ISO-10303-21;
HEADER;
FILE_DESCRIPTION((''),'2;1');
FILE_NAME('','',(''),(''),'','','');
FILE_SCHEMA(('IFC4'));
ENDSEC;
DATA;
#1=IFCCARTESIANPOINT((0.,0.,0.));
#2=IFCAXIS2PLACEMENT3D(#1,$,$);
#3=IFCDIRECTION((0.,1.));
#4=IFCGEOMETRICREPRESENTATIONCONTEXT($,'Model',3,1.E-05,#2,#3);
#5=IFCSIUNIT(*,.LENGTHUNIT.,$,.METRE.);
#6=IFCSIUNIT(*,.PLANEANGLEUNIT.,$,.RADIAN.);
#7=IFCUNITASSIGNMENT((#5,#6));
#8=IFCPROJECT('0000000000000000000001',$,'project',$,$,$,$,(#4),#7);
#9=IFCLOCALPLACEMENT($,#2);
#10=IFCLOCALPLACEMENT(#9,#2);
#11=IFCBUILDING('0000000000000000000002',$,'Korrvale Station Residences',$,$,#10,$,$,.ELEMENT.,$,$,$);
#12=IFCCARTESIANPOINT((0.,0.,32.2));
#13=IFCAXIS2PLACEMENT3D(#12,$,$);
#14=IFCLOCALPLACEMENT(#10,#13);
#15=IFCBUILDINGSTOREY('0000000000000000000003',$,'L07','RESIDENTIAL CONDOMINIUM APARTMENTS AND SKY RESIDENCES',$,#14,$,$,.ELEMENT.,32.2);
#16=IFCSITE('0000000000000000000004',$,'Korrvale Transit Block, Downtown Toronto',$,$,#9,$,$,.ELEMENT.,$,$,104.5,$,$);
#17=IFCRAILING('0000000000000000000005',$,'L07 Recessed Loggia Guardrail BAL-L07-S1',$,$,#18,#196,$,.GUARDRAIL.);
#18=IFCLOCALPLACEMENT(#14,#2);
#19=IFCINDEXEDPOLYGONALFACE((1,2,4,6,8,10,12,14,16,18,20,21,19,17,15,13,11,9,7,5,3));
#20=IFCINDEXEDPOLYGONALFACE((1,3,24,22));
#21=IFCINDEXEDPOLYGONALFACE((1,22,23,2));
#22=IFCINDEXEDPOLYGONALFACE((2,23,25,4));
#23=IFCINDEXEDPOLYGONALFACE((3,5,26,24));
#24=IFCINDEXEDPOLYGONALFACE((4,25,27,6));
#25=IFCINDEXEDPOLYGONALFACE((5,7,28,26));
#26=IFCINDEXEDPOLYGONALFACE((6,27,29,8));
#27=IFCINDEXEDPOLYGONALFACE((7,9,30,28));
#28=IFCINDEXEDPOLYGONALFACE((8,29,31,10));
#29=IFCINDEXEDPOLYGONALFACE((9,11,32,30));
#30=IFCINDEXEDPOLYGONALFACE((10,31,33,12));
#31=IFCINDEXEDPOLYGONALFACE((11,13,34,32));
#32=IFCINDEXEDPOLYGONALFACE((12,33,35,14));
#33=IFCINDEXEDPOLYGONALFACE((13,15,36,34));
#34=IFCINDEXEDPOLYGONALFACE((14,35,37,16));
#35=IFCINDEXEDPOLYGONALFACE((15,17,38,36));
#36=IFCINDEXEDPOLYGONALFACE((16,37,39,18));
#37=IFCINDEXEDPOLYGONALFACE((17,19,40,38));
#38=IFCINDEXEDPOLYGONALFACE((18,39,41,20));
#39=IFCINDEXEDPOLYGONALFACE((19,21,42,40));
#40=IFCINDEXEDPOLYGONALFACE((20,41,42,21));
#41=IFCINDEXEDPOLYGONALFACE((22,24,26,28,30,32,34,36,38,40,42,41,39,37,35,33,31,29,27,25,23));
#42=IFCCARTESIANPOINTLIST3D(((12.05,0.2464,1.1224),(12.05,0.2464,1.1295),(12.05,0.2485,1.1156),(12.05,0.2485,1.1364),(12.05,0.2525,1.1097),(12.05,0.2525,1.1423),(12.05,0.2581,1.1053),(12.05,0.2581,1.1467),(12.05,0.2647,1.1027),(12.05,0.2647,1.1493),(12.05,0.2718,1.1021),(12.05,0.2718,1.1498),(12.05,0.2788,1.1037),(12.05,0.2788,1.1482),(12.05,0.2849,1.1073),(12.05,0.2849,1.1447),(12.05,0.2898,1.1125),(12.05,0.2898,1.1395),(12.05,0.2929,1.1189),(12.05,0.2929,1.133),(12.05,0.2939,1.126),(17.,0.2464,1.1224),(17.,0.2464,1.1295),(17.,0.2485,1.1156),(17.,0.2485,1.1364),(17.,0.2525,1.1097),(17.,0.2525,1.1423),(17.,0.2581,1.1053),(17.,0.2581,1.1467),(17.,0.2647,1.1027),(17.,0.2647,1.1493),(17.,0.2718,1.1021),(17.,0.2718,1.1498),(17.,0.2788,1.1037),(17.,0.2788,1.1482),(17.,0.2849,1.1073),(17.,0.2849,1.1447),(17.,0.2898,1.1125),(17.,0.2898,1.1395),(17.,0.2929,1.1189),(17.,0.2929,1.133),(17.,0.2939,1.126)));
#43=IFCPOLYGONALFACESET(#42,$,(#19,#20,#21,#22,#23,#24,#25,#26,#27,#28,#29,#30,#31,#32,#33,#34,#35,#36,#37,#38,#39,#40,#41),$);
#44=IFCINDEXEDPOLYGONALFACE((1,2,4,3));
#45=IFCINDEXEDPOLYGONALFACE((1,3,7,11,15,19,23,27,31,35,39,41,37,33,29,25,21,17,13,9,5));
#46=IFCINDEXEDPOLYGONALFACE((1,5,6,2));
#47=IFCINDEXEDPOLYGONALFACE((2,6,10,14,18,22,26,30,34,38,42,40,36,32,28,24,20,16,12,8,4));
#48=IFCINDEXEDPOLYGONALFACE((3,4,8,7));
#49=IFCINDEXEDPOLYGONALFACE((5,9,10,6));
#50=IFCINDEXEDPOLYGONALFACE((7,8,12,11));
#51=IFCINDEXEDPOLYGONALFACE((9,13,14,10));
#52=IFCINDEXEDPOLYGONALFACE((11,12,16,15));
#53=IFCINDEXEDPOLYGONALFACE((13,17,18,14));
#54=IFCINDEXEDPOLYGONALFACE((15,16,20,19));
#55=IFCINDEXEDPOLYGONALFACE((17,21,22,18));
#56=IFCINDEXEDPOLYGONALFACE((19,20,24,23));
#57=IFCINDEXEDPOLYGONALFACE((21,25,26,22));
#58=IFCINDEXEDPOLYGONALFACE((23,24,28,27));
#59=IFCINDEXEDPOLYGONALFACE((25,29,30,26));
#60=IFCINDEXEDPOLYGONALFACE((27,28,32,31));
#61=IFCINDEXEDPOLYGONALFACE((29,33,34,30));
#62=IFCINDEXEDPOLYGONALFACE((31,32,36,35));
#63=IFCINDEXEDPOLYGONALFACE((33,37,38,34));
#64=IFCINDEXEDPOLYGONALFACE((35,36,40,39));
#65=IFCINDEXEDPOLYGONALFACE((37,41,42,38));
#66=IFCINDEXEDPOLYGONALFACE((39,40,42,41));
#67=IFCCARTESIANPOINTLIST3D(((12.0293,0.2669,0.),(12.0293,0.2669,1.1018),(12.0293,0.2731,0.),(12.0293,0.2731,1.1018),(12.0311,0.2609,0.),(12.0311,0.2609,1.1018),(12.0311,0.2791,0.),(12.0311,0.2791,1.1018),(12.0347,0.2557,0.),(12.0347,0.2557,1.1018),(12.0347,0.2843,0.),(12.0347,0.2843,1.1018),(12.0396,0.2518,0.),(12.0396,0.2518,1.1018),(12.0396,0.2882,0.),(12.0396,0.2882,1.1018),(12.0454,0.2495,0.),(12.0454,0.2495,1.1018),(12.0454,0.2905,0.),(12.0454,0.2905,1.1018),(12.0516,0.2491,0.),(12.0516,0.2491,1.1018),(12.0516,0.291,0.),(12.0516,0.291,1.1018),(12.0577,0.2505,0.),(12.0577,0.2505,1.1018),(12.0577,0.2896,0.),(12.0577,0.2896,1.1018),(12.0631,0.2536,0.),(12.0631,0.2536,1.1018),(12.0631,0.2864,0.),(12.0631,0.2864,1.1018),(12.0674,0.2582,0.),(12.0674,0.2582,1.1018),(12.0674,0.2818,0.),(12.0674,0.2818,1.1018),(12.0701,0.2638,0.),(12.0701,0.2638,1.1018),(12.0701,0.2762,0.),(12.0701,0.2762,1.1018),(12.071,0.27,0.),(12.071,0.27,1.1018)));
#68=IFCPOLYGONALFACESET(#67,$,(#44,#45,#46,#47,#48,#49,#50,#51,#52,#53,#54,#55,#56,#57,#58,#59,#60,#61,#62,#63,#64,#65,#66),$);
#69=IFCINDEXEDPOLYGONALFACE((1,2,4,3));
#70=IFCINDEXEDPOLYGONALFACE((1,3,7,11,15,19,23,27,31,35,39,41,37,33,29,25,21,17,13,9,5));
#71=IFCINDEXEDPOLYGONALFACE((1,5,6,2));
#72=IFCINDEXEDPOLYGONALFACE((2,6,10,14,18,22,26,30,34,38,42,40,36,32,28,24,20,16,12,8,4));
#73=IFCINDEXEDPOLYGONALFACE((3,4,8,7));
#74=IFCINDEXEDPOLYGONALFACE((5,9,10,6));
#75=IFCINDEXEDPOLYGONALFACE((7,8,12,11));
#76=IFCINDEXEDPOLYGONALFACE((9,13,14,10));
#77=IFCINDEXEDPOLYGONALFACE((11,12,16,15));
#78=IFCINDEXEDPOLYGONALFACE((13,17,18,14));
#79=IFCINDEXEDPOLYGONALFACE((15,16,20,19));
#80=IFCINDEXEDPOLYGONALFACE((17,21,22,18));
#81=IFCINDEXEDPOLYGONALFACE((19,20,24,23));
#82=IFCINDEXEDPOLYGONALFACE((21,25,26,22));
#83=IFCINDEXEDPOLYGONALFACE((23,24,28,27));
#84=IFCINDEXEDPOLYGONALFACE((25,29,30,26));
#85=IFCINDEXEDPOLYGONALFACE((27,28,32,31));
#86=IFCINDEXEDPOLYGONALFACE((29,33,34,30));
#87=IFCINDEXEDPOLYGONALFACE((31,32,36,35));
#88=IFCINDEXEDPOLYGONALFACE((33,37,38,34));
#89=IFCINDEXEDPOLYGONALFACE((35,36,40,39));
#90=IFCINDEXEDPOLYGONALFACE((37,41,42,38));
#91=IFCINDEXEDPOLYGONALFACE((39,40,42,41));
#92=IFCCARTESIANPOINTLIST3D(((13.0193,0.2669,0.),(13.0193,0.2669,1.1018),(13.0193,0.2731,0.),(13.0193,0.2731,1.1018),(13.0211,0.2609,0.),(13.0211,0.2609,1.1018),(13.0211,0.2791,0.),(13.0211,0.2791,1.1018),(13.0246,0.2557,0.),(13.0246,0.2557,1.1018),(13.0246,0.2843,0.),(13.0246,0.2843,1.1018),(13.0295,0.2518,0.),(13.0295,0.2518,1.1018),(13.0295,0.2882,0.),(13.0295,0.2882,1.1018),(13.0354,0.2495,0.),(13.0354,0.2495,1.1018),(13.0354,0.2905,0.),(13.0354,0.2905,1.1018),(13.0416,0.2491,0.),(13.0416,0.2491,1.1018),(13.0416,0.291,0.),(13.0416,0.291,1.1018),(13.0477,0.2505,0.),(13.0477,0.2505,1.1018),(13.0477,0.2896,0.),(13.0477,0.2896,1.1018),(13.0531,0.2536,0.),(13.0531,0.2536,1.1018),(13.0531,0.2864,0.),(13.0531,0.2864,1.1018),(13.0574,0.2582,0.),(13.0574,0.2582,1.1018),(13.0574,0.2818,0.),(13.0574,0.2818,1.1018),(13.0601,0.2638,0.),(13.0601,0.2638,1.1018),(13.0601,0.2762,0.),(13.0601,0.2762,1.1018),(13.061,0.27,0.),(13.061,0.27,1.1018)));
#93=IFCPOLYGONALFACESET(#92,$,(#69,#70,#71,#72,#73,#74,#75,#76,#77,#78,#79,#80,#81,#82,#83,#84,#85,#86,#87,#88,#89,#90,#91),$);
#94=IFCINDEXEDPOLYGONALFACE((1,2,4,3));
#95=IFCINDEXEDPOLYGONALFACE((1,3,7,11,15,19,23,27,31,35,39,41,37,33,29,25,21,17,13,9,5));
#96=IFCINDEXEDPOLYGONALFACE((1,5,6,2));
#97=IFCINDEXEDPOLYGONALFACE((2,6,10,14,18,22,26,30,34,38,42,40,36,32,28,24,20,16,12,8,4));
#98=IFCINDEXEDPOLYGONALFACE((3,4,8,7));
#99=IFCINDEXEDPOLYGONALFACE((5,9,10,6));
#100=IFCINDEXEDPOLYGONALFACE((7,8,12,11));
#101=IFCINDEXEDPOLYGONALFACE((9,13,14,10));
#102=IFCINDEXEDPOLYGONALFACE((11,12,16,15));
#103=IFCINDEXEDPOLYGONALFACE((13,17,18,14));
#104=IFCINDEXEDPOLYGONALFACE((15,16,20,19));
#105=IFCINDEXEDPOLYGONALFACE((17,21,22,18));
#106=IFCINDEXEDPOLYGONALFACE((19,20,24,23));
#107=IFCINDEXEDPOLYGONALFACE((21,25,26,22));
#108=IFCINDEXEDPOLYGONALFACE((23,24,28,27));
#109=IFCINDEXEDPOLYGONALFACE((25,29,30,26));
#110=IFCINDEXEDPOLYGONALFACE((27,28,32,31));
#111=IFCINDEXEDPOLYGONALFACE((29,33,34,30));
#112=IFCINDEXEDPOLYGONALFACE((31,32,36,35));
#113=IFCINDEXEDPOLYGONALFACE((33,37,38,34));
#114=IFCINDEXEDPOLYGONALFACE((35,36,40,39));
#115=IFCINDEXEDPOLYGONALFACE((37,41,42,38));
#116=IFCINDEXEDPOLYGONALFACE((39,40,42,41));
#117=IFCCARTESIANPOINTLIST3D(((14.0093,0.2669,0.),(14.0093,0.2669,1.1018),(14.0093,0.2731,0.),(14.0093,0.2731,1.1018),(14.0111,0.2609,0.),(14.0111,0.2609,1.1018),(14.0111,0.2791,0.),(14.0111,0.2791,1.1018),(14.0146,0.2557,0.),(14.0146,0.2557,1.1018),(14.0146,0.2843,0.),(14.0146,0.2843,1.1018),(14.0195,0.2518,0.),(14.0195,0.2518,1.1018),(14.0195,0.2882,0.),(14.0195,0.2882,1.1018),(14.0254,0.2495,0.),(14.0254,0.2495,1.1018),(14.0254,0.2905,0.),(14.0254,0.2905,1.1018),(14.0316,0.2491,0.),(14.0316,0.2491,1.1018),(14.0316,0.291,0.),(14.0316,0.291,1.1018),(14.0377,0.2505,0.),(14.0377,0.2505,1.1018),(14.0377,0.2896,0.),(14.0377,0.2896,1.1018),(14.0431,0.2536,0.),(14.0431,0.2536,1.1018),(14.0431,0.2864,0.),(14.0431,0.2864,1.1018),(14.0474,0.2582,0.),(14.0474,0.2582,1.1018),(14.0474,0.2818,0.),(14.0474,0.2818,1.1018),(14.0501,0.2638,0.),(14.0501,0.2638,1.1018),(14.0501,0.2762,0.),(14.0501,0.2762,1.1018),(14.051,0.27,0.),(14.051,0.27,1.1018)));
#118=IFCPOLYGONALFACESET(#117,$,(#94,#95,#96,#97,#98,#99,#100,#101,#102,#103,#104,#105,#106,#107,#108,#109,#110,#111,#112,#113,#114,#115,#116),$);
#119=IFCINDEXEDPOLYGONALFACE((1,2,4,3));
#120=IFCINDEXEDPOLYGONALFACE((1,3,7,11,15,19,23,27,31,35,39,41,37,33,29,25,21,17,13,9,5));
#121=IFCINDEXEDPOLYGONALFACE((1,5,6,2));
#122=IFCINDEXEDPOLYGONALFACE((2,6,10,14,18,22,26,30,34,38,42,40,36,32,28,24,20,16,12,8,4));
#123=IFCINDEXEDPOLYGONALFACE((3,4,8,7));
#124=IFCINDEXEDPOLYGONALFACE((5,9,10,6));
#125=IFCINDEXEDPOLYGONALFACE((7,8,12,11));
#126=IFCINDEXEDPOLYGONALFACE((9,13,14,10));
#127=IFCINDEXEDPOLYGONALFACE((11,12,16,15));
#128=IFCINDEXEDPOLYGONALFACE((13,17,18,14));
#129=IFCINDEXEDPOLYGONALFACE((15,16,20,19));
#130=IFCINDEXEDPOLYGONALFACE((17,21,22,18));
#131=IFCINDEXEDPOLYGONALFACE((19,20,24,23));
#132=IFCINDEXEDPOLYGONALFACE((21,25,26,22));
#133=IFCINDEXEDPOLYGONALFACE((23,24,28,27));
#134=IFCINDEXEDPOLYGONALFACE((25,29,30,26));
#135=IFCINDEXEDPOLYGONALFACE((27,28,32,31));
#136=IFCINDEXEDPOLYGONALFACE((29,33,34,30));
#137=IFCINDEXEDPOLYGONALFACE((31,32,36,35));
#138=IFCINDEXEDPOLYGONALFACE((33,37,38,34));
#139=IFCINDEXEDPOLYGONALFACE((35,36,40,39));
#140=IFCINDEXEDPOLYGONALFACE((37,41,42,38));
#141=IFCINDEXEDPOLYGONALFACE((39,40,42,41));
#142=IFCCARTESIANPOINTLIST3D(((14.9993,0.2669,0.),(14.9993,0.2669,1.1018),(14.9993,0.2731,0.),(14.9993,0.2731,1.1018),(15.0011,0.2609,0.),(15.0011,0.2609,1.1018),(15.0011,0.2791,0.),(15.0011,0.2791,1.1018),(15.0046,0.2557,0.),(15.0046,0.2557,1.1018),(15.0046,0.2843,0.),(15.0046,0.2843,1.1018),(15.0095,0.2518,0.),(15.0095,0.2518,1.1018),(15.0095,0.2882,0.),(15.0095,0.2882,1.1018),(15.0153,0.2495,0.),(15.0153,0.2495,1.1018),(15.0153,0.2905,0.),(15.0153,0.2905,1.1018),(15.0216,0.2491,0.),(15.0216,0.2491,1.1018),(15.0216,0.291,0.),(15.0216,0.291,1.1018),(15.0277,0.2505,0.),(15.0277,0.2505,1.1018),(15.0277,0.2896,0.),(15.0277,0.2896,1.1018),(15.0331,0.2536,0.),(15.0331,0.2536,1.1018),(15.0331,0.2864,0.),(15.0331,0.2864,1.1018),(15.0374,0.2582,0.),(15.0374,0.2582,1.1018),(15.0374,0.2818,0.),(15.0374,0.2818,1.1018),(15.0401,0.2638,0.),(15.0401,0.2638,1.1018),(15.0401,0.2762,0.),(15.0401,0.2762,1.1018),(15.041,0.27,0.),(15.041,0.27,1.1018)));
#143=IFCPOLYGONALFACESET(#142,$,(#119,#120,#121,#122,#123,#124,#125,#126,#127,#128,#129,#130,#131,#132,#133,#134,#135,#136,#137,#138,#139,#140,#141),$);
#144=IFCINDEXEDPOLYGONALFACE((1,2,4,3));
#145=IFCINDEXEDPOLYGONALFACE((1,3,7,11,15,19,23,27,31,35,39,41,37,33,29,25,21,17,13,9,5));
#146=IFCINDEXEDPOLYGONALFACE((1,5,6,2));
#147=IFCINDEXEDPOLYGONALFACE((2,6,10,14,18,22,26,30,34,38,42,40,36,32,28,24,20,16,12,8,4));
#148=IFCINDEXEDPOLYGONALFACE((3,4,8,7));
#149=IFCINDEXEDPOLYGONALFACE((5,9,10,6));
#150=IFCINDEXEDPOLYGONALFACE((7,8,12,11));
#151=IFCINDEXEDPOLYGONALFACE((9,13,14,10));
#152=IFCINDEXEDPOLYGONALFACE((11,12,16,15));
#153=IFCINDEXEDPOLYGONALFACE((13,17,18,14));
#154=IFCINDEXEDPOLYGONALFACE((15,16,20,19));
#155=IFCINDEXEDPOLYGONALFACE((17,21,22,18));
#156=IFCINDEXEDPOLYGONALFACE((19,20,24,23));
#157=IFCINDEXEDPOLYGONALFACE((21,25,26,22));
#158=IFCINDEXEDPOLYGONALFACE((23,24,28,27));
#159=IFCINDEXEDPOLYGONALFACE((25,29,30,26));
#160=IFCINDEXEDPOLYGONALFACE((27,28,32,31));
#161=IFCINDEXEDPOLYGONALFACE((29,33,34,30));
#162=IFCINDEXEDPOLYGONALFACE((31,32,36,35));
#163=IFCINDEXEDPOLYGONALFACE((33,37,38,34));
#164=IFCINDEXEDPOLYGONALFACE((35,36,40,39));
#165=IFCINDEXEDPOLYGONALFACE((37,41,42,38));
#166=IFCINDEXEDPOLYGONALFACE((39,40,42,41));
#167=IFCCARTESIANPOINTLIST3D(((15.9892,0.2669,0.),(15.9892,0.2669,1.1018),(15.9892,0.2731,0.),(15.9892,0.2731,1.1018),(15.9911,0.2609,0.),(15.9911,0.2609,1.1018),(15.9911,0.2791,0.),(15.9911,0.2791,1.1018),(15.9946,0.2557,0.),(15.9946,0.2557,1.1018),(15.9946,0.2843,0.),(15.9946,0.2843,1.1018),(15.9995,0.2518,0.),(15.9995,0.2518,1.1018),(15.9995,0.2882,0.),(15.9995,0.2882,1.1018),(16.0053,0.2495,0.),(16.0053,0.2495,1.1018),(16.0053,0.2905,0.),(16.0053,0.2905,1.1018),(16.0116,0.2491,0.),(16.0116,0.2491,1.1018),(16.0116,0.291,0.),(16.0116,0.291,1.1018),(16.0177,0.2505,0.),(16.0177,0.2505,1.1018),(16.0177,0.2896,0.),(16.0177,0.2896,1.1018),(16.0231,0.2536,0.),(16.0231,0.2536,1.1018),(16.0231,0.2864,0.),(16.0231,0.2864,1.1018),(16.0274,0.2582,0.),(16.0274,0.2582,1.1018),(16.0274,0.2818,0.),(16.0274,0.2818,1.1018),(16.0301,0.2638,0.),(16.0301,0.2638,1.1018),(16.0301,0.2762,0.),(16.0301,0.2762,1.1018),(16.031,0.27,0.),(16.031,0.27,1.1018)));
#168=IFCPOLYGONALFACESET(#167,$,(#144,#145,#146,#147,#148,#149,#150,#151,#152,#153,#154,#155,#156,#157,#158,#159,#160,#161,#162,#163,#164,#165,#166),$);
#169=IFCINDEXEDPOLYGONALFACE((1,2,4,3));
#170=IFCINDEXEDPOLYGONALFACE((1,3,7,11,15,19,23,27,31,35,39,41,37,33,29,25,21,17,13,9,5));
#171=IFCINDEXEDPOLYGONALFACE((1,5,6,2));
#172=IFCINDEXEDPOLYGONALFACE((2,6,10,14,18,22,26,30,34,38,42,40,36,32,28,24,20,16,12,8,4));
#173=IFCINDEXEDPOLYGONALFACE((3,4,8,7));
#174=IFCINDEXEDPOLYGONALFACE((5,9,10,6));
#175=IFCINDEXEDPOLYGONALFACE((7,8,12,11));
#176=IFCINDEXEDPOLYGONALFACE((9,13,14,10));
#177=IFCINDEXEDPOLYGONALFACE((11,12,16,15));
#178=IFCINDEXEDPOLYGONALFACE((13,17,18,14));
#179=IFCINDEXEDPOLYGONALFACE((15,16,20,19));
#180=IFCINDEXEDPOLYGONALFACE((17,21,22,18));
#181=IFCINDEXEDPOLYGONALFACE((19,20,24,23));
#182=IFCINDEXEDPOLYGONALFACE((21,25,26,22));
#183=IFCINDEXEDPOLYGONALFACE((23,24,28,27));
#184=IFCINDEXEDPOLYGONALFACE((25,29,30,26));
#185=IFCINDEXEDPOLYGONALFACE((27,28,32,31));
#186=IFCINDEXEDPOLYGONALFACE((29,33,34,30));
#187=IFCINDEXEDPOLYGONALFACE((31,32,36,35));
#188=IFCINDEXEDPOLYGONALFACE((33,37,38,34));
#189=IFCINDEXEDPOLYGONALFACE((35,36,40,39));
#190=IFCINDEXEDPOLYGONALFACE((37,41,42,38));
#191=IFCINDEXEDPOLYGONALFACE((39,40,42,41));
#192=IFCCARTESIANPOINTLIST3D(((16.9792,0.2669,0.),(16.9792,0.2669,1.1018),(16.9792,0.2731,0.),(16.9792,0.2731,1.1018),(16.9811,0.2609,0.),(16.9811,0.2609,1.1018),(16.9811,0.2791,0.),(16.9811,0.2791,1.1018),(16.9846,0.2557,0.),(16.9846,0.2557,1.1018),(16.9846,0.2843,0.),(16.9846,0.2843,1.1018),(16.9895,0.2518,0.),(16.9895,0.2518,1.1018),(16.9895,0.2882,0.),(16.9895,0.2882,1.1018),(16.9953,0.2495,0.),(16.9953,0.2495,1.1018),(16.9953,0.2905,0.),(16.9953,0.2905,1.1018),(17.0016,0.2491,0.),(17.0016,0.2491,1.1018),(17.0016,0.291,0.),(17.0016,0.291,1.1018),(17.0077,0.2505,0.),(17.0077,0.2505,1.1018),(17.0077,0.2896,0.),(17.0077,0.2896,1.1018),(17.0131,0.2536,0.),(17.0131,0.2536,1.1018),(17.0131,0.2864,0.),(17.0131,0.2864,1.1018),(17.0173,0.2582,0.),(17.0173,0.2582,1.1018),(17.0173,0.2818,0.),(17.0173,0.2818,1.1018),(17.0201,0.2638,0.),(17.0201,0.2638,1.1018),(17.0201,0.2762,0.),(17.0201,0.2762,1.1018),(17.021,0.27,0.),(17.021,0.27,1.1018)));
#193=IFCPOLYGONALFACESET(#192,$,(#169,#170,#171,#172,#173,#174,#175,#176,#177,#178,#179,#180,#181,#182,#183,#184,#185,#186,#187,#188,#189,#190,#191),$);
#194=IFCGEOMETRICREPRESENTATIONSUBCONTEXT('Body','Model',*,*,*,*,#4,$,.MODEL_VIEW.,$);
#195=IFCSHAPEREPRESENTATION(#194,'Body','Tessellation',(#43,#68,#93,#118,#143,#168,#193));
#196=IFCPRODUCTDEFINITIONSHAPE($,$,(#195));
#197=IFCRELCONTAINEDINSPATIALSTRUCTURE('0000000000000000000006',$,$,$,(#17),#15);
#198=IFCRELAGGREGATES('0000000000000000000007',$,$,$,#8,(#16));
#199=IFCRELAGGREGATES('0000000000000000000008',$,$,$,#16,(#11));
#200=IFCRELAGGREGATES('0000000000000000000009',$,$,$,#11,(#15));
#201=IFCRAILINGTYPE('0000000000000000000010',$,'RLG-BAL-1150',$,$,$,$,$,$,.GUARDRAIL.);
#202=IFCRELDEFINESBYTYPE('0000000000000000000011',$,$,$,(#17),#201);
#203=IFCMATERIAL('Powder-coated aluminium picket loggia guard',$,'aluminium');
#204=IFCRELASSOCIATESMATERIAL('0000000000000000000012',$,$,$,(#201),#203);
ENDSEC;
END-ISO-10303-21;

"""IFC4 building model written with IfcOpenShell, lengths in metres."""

from ifc_helpers import new_model, si_unit, direction, frame, origin, origin_2d, place, context, subcontext, project, spatial, circle, extrude, material, type_object, element, save


model = new_model("IFC4")

# Units and contexts
model_context = context("Model", 3, precision=1e-05, world=origin(), true_north=direction((0.0, 1.0)))
body_context = subcontext(model_context, "Body", "Model", "MODEL_VIEW")
ifc_project = project(units=[si_unit("LENGTHUNIT", "METRE"), si_unit("PLANEANGLEUNIT", "RADIAN")], contexts=[model_context])

# Site, building, storey
site_placement = place(None, origin())
site = spatial("IfcSite", under=ifc_project, at=site_placement, Name="Korrvale Transit Block, Downtown Toronto", CompositionType="ELEMENT", RefElevation=104.5)
building_placement = place(site_placement, origin())
building = spatial("IfcBuilding", under=site, at=building_placement, Name="Korrvale Station Residences", CompositionType="ELEMENT")
storey_placement = place(building_placement, frame((0.0, 0.0, 32.2)))
storey = spatial("IfcBuildingStorey", under=building, at=storey_placement, Name="L07", Description="RESIDENTIAL CONDOMINIUM APARTMENTS AND SKY RESIDENCES", CompositionType="ELEMENT", Elevation=32.2)

# Railing
ifc_material_1 = material(Name="Powder-coated aluminium picket loggia guard", Category="aluminium")
railing_type = type_object("IfcRailingType", Name="RLG-BAL-1150", PredefinedType="GUARDRAIL", material=ifc_material_1)
railing_placement = place(storey_placement, frame((12.05, 0.27, 0.0)))
element("IfcRailing", 1, at=railing_placement, inside=storey, type_object=railing_type, Name="L07 Recessed Loggia Guardrail BAL-L07-S1", PredefinedType="GUARDRAIL", context=body_context, shape_type="SweptSolid", body=[
    extrude(circle(Radius=0.0239, at=origin_2d()), frame((0.0, 0.0, 1.126), z_axis=(1.0, 0.0, 0.0), x_axis=(0.0, 1.0, 0.0)), (0.0, 0.0, 1.0), 4.95),
    extrude(circle(Radius=0.021, at=origin_2d()), origin(), (0.0, 0.0, 1.0), 1.1018),
    extrude(circle(Radius=0.021, at=origin_2d()), frame((0.99, 0.0, 0.0)), (0.0, 0.0, 1.0), 1.1018),
    extrude(circle(Radius=0.021, at=origin_2d()), frame((1.98, 0.0, 0.0)), (0.0, 0.0, 1.0), 1.1018),
    extrude(circle(Radius=0.021, at=origin_2d()), frame((2.97, 0.0, 0.0)), (0.0, 0.0, 1.0), 1.1018),
    extrude(circle(Radius=0.021, at=origin_2d()), frame((3.96, 0.0, 0.0)), (0.0, 0.0, 1.0), 1.1018),
    extrude(circle(Radius=0.021, at=origin_2d()), frame((4.95, 0.0, 0.0)), (0.0, 0.0, 1.0), 1.1018),
])

save(model, "model.ifc")
